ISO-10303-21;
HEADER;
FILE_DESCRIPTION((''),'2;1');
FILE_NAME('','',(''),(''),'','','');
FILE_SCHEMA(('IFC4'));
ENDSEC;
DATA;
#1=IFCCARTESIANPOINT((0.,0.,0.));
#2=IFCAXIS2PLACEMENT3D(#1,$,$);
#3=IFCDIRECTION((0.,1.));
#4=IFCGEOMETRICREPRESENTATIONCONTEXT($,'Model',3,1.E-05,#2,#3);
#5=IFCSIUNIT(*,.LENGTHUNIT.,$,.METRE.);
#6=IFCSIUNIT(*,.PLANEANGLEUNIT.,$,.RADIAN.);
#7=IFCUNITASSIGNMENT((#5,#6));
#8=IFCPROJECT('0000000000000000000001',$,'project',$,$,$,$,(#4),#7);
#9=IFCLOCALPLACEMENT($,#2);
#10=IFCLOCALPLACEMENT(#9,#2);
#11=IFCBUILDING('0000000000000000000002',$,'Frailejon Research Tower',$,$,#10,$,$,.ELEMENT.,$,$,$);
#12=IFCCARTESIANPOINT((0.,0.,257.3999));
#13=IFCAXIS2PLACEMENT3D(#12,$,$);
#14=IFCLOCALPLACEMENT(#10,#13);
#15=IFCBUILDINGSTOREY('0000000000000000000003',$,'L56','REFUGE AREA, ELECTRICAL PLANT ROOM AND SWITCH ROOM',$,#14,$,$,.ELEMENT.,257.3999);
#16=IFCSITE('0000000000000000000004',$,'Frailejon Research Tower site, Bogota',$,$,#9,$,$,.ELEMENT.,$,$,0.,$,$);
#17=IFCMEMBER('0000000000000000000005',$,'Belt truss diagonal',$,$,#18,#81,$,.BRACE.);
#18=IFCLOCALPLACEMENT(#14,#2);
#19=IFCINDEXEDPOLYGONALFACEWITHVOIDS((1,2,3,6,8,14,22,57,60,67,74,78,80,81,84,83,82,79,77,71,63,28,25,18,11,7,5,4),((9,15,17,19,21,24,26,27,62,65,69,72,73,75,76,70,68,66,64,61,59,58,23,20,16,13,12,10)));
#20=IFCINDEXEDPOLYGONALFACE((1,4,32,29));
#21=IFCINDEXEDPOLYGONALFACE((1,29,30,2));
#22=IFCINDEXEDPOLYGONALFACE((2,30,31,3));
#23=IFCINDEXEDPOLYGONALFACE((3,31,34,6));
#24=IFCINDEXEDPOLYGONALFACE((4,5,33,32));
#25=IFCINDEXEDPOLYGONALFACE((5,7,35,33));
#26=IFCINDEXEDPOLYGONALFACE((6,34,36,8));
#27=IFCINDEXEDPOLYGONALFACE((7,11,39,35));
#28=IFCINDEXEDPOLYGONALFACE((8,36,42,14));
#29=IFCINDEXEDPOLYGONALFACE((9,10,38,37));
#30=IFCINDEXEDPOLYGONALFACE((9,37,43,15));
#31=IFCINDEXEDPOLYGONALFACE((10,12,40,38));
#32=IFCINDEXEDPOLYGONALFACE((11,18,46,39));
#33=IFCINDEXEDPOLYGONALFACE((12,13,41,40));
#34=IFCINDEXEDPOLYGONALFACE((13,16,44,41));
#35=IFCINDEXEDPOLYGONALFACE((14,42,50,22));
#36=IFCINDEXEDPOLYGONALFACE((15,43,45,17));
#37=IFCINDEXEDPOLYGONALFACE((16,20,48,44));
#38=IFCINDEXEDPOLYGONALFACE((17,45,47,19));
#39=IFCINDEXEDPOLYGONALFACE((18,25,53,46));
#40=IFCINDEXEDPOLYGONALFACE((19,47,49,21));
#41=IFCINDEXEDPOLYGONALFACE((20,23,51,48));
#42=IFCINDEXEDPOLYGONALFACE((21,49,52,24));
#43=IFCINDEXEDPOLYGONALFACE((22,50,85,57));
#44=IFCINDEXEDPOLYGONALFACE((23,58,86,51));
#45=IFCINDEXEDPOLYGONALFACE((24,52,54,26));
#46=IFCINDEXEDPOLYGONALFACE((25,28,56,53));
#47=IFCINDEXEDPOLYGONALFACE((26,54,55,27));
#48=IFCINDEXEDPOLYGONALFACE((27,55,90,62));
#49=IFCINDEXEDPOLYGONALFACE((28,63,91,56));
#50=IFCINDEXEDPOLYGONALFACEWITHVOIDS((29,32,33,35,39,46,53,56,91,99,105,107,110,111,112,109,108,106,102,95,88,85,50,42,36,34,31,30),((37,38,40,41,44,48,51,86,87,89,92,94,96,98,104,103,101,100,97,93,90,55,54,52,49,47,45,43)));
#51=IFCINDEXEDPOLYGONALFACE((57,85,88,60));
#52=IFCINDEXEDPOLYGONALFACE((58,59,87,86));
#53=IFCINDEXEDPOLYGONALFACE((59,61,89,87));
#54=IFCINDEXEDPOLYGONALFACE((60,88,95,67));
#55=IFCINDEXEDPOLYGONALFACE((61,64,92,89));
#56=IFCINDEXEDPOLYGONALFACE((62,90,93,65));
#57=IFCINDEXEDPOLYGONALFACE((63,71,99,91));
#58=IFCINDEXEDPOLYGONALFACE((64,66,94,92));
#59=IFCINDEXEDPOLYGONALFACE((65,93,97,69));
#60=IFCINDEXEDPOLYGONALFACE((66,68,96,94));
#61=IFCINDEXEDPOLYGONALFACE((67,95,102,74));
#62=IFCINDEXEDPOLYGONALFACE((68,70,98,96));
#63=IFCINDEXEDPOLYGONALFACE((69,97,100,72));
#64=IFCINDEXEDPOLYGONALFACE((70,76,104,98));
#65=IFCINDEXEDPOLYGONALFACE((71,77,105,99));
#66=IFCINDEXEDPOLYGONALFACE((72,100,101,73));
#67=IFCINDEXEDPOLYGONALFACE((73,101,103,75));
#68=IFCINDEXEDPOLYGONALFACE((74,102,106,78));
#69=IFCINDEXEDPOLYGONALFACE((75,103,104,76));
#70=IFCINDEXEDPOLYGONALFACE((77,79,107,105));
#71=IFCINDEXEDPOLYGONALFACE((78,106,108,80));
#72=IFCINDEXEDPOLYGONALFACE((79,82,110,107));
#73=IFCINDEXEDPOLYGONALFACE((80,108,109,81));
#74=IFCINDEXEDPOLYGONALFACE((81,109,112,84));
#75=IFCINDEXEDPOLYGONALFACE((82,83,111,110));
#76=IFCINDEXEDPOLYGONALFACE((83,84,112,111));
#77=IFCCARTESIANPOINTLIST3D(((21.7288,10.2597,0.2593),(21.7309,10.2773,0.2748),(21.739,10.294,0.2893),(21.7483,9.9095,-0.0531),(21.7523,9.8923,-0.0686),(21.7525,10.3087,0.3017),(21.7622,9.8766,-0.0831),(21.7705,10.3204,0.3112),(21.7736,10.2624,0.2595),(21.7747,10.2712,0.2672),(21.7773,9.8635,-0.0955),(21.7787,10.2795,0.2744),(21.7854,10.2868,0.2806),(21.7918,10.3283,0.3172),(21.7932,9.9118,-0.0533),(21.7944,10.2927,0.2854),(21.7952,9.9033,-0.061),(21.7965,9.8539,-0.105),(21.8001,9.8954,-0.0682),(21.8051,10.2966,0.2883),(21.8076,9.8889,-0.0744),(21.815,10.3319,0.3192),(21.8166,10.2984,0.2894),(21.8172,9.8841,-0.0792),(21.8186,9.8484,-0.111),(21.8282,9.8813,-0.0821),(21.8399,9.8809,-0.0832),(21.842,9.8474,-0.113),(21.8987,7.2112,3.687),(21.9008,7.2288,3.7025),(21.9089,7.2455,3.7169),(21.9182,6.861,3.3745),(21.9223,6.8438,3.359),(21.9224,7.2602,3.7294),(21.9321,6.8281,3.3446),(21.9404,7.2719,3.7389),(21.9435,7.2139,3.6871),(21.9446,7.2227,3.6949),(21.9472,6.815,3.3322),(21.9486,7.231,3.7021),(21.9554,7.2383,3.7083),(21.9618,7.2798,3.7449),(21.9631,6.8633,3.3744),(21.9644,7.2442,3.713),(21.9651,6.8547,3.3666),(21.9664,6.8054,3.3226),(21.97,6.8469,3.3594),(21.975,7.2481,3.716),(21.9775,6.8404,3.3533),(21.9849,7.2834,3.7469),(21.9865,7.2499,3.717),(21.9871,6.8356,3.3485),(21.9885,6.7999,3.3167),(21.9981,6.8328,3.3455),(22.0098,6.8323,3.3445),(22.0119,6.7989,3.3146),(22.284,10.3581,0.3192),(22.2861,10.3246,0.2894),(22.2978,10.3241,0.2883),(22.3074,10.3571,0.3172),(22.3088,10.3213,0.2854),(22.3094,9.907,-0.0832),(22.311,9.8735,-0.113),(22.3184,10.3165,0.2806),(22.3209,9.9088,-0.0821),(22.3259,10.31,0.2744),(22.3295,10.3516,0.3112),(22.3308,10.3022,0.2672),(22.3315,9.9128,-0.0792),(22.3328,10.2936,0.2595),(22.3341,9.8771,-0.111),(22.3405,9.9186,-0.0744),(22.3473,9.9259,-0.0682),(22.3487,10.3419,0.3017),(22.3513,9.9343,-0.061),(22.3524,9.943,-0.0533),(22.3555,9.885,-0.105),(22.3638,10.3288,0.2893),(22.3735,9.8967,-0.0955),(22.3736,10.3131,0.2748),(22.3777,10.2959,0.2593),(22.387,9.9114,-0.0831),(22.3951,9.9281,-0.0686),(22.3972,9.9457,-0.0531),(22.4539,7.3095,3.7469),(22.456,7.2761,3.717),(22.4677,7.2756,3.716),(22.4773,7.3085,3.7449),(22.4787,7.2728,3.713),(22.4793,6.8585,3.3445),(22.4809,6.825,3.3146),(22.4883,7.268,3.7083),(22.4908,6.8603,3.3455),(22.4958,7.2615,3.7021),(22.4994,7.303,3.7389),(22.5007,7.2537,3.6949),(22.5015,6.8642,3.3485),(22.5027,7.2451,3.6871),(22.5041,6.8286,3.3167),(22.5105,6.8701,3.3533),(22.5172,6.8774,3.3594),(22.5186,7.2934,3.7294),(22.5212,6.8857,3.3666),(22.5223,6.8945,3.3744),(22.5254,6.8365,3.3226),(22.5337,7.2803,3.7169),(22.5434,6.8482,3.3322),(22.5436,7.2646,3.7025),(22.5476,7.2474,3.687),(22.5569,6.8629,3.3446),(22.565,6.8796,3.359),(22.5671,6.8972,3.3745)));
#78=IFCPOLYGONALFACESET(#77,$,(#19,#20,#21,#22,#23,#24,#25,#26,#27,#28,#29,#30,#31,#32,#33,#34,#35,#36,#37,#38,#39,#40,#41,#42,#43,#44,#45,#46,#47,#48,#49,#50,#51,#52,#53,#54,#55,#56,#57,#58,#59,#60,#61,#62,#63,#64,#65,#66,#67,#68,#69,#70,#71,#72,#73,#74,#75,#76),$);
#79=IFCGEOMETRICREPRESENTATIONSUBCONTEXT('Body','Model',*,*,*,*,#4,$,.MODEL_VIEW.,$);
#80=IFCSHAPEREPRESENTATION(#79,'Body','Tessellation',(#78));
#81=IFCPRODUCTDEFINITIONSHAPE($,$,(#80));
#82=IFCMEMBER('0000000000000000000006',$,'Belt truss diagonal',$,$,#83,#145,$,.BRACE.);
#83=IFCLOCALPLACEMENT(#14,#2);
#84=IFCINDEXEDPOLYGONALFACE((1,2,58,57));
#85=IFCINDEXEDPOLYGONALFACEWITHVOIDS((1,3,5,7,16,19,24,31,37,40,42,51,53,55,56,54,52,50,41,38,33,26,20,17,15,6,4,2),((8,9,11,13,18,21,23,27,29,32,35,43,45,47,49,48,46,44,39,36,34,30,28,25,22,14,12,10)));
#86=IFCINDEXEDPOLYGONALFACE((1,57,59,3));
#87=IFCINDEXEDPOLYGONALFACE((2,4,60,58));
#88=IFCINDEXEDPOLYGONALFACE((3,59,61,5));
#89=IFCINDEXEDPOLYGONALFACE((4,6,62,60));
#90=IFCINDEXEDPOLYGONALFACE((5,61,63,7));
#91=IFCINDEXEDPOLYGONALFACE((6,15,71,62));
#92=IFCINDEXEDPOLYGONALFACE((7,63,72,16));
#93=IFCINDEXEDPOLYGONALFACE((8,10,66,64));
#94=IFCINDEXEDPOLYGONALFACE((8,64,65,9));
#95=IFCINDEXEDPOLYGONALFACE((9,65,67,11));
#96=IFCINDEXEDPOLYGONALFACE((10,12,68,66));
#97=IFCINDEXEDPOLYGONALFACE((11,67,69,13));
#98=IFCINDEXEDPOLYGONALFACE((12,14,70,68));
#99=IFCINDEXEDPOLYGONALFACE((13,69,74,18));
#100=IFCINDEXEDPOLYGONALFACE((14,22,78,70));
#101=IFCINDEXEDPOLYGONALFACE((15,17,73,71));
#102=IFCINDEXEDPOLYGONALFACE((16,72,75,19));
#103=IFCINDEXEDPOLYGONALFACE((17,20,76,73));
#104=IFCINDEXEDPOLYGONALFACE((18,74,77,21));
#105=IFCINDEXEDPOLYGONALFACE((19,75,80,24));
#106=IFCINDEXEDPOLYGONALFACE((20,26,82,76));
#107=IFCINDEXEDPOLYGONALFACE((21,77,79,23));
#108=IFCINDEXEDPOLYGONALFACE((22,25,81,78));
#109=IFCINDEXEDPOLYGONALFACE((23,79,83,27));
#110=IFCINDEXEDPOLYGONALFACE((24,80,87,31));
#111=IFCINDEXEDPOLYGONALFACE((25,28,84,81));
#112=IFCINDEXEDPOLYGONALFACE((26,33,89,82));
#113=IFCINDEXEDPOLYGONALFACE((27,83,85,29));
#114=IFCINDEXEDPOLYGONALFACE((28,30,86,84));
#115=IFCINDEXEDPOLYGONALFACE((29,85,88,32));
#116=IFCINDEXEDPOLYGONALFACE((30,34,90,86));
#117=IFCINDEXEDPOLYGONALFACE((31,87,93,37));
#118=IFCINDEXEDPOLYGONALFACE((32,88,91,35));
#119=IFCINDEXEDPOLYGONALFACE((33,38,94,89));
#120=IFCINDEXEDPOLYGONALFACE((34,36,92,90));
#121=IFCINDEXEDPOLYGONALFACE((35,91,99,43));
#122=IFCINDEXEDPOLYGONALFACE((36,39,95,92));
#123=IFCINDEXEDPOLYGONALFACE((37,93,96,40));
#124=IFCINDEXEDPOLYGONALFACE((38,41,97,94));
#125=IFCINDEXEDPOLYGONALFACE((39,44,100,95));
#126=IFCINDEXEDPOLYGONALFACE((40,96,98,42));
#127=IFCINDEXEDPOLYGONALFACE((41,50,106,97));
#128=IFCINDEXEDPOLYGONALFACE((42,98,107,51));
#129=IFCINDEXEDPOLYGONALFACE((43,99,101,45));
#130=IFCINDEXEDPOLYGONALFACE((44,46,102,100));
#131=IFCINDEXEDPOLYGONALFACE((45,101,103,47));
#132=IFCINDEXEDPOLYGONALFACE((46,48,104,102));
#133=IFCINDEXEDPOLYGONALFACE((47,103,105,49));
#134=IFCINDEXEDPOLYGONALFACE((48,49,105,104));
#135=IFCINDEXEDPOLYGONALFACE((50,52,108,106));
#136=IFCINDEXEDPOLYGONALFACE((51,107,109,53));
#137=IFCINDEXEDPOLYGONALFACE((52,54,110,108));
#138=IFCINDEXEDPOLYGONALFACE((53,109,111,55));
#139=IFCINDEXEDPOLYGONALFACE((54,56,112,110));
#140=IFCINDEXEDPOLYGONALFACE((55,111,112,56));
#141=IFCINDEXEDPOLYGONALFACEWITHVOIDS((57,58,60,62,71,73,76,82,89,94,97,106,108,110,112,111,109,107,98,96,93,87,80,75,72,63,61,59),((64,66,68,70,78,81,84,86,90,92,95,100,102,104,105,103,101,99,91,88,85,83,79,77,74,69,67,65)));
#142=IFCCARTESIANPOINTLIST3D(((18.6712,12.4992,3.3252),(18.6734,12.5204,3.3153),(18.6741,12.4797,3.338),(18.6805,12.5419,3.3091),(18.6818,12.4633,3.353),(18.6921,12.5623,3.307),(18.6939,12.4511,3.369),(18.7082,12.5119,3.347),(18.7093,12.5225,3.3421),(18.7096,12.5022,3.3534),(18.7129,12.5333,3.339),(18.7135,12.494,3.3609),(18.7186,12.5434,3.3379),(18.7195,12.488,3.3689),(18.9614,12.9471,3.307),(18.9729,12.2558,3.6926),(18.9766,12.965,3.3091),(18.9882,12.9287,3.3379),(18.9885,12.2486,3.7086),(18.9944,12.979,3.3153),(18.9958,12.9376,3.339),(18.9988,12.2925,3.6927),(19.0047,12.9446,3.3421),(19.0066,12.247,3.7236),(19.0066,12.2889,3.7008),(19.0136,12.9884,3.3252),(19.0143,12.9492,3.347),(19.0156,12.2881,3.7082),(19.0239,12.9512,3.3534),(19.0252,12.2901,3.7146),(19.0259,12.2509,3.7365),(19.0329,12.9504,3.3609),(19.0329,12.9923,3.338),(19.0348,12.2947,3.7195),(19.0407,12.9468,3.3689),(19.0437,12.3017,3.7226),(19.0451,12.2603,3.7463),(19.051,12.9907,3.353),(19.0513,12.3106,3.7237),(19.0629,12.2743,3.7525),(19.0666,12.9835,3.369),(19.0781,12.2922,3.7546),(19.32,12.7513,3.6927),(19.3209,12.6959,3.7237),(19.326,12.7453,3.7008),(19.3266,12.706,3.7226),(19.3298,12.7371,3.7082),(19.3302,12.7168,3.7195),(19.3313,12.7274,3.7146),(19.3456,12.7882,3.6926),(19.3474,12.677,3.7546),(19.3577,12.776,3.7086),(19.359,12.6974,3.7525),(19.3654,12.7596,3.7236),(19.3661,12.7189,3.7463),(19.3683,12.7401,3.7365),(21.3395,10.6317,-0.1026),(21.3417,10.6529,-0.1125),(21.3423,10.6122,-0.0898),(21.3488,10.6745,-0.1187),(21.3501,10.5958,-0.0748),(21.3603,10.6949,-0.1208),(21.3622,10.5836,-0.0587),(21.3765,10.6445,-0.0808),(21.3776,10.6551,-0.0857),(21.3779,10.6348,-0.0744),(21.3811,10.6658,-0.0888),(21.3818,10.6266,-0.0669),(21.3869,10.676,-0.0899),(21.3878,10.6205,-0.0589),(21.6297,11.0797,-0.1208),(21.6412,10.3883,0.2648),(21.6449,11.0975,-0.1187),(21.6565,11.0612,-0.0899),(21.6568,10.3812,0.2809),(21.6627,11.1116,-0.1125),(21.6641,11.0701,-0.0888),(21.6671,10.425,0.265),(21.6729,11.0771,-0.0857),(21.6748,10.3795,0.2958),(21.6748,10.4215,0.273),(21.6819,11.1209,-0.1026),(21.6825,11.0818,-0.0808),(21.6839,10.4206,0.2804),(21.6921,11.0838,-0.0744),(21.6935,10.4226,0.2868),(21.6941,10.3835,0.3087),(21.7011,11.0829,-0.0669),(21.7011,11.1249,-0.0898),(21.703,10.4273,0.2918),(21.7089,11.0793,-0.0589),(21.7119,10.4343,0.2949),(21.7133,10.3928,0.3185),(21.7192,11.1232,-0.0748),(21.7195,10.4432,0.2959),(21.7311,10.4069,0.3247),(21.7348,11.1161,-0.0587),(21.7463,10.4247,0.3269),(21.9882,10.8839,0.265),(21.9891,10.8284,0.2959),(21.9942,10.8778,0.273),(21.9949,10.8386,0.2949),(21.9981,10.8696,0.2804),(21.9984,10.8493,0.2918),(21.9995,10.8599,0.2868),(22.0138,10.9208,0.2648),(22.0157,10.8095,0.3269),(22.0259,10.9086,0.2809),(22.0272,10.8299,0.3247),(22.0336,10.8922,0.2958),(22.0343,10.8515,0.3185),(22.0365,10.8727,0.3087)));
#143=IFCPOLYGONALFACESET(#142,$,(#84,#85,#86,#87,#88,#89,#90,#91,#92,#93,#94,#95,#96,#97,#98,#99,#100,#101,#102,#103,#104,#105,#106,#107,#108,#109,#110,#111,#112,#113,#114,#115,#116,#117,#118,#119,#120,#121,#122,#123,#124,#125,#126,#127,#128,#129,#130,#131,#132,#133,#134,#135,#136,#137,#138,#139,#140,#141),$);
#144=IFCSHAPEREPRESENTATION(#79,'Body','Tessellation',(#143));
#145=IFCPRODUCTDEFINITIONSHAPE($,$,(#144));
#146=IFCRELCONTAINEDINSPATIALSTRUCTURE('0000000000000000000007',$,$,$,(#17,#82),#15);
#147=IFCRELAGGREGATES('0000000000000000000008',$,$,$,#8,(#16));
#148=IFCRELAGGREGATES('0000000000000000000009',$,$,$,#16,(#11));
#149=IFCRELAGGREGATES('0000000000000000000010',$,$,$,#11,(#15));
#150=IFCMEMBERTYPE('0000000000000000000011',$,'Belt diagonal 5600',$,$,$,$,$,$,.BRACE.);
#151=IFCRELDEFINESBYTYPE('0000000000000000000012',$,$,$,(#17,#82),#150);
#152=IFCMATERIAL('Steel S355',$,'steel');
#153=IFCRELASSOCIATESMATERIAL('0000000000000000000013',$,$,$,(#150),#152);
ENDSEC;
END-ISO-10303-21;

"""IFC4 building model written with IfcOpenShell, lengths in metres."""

from ifc_helpers import new_model, si_unit, direction, frame, origin, origin_2d, place, context, subcontext, project, spatial, hollow_rectangle, extrude, material, material_profile, profile_set, type_object, element, save


model = new_model("IFC4")

# Units and contexts
model_context = context("Model", 3, precision=1e-05, world=origin(), true_north=direction((0.0, 1.0)))
body_context = subcontext(model_context, "Body", "Model", "MODEL_VIEW")
ifc_project = project(units=[si_unit("LENGTHUNIT", "METRE"), si_unit("PLANEANGLEUNIT", "RADIAN")], contexts=[model_context])

# Site, building, storey
site_placement = place(None, origin())
site = spatial("IfcSite", under=ifc_project, at=site_placement, Name="Frailejon Research Tower site, Bogota", CompositionType="ELEMENT", RefElevation=0.0)
building_placement = place(site_placement, origin())
building = spatial("IfcBuilding", under=site, at=building_placement, Name="Frailejon Research Tower", CompositionType="ELEMENT")
storey_placement = place(building_placement, frame((0.0, 0.0, 257.3999)))
storey = spatial("IfcBuildingStorey", under=building, at=storey_placement, Name="L56", Description="REFUGE AREA, ELECTRICAL PLANT ROOM AND SWITCH ROOM", CompositionType="ELEMENT", Elevation=257.3999)

# Members
ifc_material_1 = material(Name="Steel S355", Category="steel")
ifc_material_profile_1 = material_profile(ifc_material_1, hollow_rectangle(XDim=0.6499, YDim=0.6499, WallThickness=0.0449, InnerFilletRadius=0.0449, OuterFilletRadius=0.0901, at=origin_2d()), Name="Belt diagonal 5600")
ifc_profile_set_1 = profile_set([ifc_material_profile_1], Name="Steel S355")
member_type = type_object("IfcMemberType", Name="Belt diagonal 5600", PredefinedType="BRACE", material=ifc_profile_set_1)
member_1_placement = place(storey_placement, frame((22.2329, 7.0542, 3.5308), z_axis=(-0.037017, 0.664116, -0.746712), x_axis=(-0.99845, -0.055652, 0.0)))
element("IfcMember", 1, at=member_1_placement, inside=storey, type_object=member_type, Name="Belt truss diagonal", PredefinedType="BRACE", context=body_context, shape_type="SweptSolid", body=[
    extrude(hollow_rectangle(XDim=0.6499, YDim=0.6499, WallThickness=0.0449, InnerFilletRadius=0.0449, OuterFilletRadius=0.0901, at=origin_2d()), origin(), (0.0, 0.0, 1.0), 4.5903),
])
member_2_placement = place(storey_placement, frame((21.688, 10.7522, 0.103), z_axis=(-0.564317, 0.394955, 0.724953), x_axis=(-0.573397, -0.819278, 0.0)))
element("IfcMember", 2, at=member_2_placement, inside=storey, type_object=member_type, Name="Belt truss diagonal", PredefinedType="BRACE", context=body_context, shape_type="SweptSolid", body=[
    extrude(hollow_rectangle(XDim=0.6499, YDim=0.6499, WallThickness=0.0449, InnerFilletRadius=0.0449, OuterFilletRadius=0.0901, at=origin_2d()), origin(), (0.0, 0.0, 1.0), 4.7283),
])

save(model, "model.ifc")
